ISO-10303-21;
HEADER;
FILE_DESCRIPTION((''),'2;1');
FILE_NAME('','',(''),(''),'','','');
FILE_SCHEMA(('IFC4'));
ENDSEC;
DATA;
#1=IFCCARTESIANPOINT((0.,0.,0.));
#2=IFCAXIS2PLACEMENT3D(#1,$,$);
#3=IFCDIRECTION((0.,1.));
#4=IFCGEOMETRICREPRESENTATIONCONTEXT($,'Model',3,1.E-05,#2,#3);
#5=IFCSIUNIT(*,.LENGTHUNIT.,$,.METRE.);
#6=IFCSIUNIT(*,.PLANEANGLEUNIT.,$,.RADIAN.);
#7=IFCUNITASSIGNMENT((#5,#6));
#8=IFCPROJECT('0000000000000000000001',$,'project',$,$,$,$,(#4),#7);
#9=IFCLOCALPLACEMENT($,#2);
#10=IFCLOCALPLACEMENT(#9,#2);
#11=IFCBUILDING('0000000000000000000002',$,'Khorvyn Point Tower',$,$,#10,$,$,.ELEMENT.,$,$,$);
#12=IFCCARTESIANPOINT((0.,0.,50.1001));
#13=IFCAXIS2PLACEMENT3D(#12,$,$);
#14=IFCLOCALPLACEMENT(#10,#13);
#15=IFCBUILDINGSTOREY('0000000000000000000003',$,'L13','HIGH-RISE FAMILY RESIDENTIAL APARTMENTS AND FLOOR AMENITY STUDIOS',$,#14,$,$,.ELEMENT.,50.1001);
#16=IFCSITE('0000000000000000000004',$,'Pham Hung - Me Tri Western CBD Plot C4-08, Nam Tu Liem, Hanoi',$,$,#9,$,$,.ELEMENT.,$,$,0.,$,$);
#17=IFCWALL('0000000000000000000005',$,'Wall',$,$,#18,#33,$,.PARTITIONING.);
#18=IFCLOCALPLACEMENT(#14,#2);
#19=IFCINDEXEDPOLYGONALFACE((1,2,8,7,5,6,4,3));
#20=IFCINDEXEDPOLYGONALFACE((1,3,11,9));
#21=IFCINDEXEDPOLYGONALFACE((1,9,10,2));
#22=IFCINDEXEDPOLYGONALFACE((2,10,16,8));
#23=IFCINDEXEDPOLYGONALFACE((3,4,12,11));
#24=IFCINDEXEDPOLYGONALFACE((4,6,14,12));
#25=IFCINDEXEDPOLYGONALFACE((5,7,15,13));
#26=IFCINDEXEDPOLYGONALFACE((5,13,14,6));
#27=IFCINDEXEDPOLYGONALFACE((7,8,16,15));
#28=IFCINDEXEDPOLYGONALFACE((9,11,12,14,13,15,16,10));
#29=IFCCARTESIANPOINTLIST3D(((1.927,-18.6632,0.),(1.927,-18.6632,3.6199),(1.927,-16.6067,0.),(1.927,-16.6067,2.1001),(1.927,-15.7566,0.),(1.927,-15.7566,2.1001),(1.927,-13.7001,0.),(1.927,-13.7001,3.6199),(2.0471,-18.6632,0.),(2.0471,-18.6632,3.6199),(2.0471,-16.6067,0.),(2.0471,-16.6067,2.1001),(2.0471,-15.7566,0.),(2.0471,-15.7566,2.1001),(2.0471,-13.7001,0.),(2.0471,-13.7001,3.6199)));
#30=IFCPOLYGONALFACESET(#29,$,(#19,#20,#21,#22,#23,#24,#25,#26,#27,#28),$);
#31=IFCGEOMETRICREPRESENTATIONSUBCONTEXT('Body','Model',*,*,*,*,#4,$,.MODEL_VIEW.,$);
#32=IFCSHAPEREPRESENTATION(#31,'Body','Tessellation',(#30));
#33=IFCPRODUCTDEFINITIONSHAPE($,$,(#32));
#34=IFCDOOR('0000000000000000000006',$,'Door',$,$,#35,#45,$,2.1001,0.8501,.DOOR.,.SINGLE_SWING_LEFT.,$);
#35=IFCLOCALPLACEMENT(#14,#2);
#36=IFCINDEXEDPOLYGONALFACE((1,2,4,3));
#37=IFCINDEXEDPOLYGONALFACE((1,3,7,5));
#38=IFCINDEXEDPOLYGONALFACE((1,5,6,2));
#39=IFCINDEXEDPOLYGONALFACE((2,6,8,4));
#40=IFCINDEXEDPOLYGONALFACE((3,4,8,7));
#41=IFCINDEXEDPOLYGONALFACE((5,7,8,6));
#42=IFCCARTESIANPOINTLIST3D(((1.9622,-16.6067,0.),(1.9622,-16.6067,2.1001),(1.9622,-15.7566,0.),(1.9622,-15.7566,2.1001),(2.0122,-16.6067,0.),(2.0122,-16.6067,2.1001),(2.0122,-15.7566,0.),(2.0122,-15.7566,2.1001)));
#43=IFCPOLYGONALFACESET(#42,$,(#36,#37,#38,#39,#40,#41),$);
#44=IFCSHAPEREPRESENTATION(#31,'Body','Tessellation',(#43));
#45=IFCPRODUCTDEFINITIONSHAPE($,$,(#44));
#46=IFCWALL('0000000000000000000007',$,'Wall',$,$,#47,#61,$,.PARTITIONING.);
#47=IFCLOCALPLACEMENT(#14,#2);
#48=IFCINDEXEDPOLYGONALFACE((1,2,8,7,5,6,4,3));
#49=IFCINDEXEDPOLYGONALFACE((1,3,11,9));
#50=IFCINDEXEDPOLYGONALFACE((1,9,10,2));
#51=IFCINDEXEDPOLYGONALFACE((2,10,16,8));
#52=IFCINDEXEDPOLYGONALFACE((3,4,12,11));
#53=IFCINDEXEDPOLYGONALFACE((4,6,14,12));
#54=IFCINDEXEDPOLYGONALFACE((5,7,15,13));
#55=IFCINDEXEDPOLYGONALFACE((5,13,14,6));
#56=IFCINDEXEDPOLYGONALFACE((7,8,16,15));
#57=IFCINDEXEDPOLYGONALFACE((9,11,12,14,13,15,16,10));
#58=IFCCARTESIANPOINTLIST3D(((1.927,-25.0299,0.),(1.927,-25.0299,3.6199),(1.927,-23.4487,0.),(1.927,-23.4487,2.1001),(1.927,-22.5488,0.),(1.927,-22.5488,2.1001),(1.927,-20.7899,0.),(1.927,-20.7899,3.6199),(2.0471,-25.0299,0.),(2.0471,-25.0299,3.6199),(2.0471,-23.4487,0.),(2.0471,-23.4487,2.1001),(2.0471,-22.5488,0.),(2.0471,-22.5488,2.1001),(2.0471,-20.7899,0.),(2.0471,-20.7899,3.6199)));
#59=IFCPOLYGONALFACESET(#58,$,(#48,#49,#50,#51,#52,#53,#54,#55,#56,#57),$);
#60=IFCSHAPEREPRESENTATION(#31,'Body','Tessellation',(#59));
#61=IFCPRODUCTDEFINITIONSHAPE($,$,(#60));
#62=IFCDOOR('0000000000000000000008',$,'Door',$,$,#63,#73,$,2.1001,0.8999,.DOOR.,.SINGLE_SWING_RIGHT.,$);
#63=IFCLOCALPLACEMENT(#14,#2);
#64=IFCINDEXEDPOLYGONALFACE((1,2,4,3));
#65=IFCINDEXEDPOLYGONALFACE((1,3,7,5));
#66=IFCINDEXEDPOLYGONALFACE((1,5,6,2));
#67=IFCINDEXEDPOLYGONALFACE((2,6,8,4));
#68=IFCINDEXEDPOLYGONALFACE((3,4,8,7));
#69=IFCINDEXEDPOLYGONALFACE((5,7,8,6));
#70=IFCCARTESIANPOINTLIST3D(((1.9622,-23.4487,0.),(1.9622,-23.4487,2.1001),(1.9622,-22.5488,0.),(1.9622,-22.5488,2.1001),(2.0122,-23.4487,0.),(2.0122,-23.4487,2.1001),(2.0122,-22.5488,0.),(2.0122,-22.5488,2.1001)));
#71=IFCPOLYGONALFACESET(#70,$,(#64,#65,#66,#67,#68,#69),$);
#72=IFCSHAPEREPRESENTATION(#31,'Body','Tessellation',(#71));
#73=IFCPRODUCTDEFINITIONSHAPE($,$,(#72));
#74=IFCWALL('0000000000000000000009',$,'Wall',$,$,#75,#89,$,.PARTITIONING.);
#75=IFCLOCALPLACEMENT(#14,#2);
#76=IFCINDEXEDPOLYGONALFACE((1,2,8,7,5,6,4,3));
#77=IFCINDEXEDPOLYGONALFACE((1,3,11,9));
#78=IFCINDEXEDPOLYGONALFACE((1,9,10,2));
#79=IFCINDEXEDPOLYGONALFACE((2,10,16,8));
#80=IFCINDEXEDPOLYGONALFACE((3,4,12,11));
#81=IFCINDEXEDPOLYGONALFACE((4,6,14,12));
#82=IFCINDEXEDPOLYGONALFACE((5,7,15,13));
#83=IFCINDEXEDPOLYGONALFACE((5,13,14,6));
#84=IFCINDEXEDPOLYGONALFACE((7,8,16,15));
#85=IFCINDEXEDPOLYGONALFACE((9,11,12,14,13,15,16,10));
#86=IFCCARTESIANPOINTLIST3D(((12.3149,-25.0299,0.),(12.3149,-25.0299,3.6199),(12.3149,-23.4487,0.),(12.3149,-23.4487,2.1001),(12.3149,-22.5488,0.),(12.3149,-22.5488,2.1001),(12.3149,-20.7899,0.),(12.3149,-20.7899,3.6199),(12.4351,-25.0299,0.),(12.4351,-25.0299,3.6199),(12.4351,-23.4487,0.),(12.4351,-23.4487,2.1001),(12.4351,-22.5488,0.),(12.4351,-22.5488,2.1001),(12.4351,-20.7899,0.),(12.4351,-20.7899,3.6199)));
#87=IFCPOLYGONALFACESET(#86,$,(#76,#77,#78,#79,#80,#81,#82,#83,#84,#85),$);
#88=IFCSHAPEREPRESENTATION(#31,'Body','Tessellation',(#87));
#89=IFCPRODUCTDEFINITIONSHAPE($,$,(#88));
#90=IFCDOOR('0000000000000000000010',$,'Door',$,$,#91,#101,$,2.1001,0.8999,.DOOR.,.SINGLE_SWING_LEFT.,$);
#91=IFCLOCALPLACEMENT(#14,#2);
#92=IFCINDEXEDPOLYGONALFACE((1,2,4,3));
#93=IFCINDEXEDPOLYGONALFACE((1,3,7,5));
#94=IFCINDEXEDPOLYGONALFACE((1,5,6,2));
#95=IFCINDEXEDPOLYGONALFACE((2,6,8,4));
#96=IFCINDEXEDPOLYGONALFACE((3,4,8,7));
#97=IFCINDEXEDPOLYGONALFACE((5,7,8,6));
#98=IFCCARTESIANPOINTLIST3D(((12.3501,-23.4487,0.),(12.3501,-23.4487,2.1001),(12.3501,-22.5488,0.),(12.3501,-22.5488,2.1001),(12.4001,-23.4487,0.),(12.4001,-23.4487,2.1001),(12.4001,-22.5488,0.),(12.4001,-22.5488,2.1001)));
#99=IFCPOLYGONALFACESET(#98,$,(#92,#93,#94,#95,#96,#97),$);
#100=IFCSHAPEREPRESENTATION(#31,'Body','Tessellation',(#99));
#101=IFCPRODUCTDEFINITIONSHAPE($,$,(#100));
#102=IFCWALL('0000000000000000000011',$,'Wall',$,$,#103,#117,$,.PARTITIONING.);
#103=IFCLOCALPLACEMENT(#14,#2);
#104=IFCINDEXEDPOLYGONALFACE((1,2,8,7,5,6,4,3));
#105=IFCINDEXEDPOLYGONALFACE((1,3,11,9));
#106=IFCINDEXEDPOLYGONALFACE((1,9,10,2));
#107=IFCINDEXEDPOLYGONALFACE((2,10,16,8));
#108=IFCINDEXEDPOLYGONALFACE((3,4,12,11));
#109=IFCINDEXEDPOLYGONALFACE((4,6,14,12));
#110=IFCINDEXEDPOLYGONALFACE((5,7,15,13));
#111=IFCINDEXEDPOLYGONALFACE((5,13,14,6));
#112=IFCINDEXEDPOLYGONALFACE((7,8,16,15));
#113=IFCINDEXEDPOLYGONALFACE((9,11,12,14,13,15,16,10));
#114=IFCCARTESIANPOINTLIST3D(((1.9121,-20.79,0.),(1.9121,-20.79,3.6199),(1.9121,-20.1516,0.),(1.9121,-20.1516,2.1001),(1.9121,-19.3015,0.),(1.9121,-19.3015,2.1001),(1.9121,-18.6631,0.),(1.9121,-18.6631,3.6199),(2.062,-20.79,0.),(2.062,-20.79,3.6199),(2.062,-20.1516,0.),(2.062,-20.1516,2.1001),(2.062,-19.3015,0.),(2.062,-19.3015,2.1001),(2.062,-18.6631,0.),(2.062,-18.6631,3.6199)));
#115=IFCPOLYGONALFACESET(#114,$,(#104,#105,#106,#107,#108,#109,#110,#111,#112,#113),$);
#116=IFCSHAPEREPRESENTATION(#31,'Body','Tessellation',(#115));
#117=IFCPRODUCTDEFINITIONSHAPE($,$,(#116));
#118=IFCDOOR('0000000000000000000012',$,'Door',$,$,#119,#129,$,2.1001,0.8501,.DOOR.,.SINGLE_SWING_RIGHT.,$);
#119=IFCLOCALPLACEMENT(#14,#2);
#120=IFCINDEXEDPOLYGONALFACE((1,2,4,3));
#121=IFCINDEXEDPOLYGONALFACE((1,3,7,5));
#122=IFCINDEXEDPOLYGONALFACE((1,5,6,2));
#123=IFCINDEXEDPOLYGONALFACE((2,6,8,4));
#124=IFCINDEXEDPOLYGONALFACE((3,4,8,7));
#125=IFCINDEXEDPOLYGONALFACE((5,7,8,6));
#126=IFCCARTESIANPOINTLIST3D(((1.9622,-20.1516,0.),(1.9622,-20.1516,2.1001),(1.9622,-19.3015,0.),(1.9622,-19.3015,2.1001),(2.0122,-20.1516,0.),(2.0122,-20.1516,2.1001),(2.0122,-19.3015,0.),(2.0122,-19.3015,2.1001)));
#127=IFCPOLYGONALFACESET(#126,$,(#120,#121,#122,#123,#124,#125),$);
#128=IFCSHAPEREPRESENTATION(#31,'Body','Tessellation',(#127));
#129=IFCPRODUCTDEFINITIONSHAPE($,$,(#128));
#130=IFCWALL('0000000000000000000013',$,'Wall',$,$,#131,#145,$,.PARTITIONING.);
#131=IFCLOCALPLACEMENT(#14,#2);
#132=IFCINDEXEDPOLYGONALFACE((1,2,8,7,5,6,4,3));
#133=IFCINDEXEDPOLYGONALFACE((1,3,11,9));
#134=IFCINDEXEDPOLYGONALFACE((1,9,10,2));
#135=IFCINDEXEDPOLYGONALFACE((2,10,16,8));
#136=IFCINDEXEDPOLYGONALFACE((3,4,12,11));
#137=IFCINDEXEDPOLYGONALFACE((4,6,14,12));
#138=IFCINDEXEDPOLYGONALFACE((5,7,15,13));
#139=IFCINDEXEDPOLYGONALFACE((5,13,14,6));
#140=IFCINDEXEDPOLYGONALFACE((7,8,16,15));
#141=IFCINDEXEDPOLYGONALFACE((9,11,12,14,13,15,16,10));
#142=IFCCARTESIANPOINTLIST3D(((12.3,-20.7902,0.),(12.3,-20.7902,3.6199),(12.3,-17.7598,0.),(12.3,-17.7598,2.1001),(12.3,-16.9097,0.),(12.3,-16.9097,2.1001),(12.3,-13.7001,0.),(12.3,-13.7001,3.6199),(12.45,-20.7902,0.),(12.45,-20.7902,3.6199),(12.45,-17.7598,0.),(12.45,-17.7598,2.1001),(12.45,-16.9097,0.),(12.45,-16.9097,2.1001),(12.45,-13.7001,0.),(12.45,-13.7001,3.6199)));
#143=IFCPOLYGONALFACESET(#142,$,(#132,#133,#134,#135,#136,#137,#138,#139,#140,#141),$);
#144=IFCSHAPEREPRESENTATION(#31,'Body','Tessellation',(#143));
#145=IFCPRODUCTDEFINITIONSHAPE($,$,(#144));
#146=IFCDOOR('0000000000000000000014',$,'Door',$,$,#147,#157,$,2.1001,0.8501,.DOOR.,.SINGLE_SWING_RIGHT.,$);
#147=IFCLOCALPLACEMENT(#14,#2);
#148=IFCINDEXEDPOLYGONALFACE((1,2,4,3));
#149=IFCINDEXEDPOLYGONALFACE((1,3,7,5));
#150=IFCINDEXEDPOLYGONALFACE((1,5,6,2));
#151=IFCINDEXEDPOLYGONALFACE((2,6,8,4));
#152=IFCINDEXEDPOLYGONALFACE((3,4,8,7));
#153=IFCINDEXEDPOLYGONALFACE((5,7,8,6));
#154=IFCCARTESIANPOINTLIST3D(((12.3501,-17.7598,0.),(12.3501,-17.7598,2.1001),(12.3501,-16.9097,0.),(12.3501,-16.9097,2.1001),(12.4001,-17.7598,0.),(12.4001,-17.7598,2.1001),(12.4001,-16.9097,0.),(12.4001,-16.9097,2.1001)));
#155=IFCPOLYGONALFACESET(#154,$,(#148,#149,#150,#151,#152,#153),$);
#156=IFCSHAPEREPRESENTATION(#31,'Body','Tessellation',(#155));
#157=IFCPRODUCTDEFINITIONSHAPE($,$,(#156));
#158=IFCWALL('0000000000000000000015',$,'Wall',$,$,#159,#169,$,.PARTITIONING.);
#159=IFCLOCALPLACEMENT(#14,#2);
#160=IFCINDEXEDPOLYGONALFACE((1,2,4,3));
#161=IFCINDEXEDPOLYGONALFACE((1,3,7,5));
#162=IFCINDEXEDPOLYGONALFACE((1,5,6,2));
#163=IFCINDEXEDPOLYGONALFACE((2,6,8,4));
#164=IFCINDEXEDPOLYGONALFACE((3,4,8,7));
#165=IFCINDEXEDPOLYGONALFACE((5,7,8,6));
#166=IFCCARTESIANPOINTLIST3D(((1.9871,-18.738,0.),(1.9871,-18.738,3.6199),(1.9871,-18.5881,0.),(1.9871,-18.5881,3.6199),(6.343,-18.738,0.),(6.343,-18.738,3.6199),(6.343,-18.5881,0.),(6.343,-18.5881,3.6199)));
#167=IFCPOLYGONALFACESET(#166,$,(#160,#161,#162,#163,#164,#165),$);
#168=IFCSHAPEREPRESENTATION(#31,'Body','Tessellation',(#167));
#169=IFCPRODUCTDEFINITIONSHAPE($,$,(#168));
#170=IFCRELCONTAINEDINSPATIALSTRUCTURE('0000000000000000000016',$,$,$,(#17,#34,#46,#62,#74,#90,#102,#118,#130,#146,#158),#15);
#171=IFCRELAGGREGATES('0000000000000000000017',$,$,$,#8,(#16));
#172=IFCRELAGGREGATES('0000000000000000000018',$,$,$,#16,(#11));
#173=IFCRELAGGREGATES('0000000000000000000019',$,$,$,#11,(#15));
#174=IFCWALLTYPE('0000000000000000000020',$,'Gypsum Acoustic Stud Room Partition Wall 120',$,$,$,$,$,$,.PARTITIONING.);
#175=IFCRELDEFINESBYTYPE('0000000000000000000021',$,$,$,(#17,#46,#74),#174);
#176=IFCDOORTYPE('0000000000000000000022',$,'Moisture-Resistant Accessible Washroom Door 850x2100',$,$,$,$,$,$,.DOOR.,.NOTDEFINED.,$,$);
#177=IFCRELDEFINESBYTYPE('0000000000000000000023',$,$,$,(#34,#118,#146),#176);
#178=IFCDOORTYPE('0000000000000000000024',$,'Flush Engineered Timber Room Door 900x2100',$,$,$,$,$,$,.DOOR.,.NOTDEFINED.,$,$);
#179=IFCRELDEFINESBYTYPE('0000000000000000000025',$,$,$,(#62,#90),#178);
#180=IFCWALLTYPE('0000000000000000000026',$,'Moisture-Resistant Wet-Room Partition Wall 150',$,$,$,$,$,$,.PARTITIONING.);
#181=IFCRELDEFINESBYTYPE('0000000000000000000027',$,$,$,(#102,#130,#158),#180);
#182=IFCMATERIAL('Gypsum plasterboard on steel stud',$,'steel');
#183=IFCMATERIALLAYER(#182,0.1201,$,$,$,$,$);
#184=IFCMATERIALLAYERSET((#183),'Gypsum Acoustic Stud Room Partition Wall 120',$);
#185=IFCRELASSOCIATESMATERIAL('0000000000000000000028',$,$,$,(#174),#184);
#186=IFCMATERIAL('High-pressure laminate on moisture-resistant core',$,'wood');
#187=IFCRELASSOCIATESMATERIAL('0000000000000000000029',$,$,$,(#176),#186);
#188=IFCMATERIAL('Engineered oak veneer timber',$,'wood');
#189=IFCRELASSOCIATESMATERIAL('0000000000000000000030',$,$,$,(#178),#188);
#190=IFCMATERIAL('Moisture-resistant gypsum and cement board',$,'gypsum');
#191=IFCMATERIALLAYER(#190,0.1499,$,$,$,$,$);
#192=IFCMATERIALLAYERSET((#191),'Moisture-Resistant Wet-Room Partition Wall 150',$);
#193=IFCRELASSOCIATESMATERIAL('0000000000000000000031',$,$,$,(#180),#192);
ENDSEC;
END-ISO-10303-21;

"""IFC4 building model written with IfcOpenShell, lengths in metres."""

from ifc_helpers import new_model, si_unit, direction, frame, frame_2d, origin, place, context, subcontext, project, spatial, rectangle, extrude, material, layer, layer_set, type_object, element, fill, save


model = new_model("IFC4")

# Units and contexts
model_context = context("Model", 3, precision=1e-05, world=origin(), true_north=direction((0.0, 1.0)))
body_context = subcontext(model_context, "Body", "Model", "MODEL_VIEW")
ifc_project = project(units=[si_unit("LENGTHUNIT", "METRE"), si_unit("PLANEANGLEUNIT", "RADIAN")], contexts=[model_context])

# Site, building, storey
site_placement = place(None, origin())
site = spatial("IfcSite", under=ifc_project, at=site_placement, Name="Pham Hung - Me Tri Western CBD Plot C4-08, Nam Tu Liem, Hanoi", CompositionType="ELEMENT", RefElevation=0.0)
building_placement = place(site_placement, origin())
building = spatial("IfcBuilding", under=site, at=building_placement, Name="Khorvyn Point Tower", CompositionType="ELEMENT")
storey_placement = place(building_placement, frame((0.0, 0.0, 50.1001)))
storey = spatial("IfcBuildingStorey", under=building, at=storey_placement, Name="L13", Description="HIGH-RISE FAMILY RESIDENTIAL APARTMENTS AND FLOOR AMENITY STUDIOS", CompositionType="ELEMENT", Elevation=50.1001)

# Walls, openings, doors
ifc_material_1 = material(Name="Gypsum plasterboard on steel stud", Category="steel")
ifc_layer_1 = layer(ifc_material_1, 0.1201)
ifc_layer_set_1 = layer_set([ifc_layer_1], Name="Gypsum Acoustic Stud Room Partition Wall 120")
wall_type_1 = type_object("IfcWallType", Name="Gypsum Acoustic Stud Room Partition Wall 120", PredefinedType="PARTITIONING", material=ifc_layer_set_1)
wall_1_placement = place(storey_placement, frame((1.9871, -18.6631, 0.0), z_axis=(0.0, 0.0, 1.0), x_axis=(0.0, 1.0, 0.0)))
wall_1 = element("IfcWall", 1, at=wall_1_placement, inside=storey, type_object=wall_type_1, Name="Wall", PredefinedType="PARTITIONING", context=body_context, shape_type="SweptSolid", body=[
    extrude(rectangle(XDim=4.9631, YDim=0.1201, at=frame_2d((2.4814, 0.0))), origin(), (0.0, 0.0, 1.0), 3.6199),
])
opening_1_placement = place(wall_1_placement, frame((2.0564, 0.0, 0.0)))
opening_1 = element("IfcOpeningElement", 2, at=opening_1_placement, cuts=wall_1, PredefinedType="OPENING", context=body_context, shape_type="SweptSolid", body=[
    extrude(rectangle(XDim=0.8501, YDim=2.1001, at=frame_2d((0.425, 1.05))), frame((0.0, 0.0701, 0.0), z_axis=(0.0, -1.0, 0.0), x_axis=(1.0, 0.0, 0.0)), (0.0, 0.0, 1.0), 0.1401),
])
ifc_material_2 = material(Name="High-pressure laminate on moisture-resistant core", Category="wood")
door_type_1 = type_object("IfcDoorType", Name="Moisture-Resistant Accessible Washroom Door 850x2100", OperationType="NOTDEFINED", PredefinedType="DOOR", material=ifc_material_2)
door_1_placement = place(opening_1_placement, origin())
door_1 = element("IfcDoor", 3, at=door_1_placement, inside=storey, type_object=door_type_1, Name="Door", OperationType="SINGLE_SWING_LEFT", OverallHeight=2.1001, OverallWidth=0.8501, PredefinedType="DOOR", context=body_context, shape_type="SweptSolid", body=[
    extrude(rectangle(XDim=0.8501, YDim=2.1001, at=frame_2d((0.425, 1.05))), frame((0.0, 0.0249, 0.0), z_axis=(0.0, -1.0, 0.0), x_axis=(1.0, 0.0, 0.0)), (0.0, 0.0, 1.0), 0.05),
])
fill(opening_1, door_1)
wall_2_placement = place(storey_placement, frame((1.9871, -25.03, 0.0), z_axis=(0.0, 0.0, 1.0), x_axis=(0.0, 1.0, 0.0)))
wall_2 = element("IfcWall", 4, at=wall_2_placement, inside=storey, type_object=wall_type_1, Name="Wall", PredefinedType="PARTITIONING", context=body_context, shape_type="SweptSolid", body=[
    extrude(rectangle(XDim=4.24, YDim=0.1201, at=frame_2d((2.1201, 0.0))), origin(), (0.0, 0.0, 1.0), 3.6199),
])
opening_2_placement = place(wall_2_placement, frame((1.5813, 0.0, 0.0)))
opening_2 = element("IfcOpeningElement", 5, at=opening_2_placement, cuts=wall_2, PredefinedType="OPENING", context=body_context, shape_type="SweptSolid", body=[
    extrude(rectangle(XDim=0.8999, YDim=2.1001, at=frame_2d((0.45, 1.05))), frame((0.0, 0.0701, 0.0), z_axis=(0.0, -1.0, 0.0), x_axis=(1.0, 0.0, 0.0)), (0.0, 0.0, 1.0), 0.1401),
])
ifc_material_3 = material(Name="Engineered oak veneer timber", Category="wood")
door_type_2 = type_object("IfcDoorType", Name="Flush Engineered Timber Room Door 900x2100", OperationType="NOTDEFINED", PredefinedType="DOOR", material=ifc_material_3)
door_2_placement = place(opening_2_placement, origin())
door_2 = element("IfcDoor", 6, at=door_2_placement, inside=storey, type_object=door_type_2, Name="Door", OperationType="SINGLE_SWING_RIGHT", OverallHeight=2.1001, OverallWidth=0.8999, PredefinedType="DOOR", context=body_context, shape_type="SweptSolid", body=[
    extrude(rectangle(XDim=0.8999, YDim=2.1001, at=frame_2d((0.45, 1.05))), frame((0.0, 0.0249, 0.0), z_axis=(0.0, -1.0, 0.0), x_axis=(1.0, 0.0, 0.0)), (0.0, 0.0, 1.0), 0.05),
])
fill(opening_2, door_2)
wall_3_placement = place(storey_placement, frame((12.375, -25.03, 0.0), z_axis=(0.0, 0.0, 1.0), x_axis=(0.0, 1.0, 0.0)))
wall_3 = element("IfcWall", 7, at=wall_3_placement, inside=storey, type_object=wall_type_1, Name="Wall", PredefinedType="PARTITIONING", context=body_context, shape_type="SweptSolid", body=[
    extrude(rectangle(XDim=4.24, YDim=0.1201, at=frame_2d((2.1201, 0.0))), origin(), (0.0, 0.0, 1.0), 3.6199),
])
opening_3_placement = place(wall_3_placement, frame((1.5813, 0.0, 0.0)))
opening_3 = element("IfcOpeningElement", 8, at=opening_3_placement, cuts=wall_3, PredefinedType="OPENING", context=body_context, shape_type="SweptSolid", body=[
    extrude(rectangle(XDim=0.8999, YDim=2.1001, at=frame_2d((0.45, 1.05))), frame((0.0, 0.0701, 0.0), z_axis=(0.0, -1.0, 0.0), x_axis=(1.0, 0.0, 0.0)), (0.0, 0.0, 1.0), 0.1401),
])
door_3_placement = place(opening_3_placement, origin())
door_3 = element("IfcDoor", 9, at=door_3_placement, inside=storey, type_object=door_type_2, Name="Door", OperationType="SINGLE_SWING_LEFT", OverallHeight=2.1001, OverallWidth=0.8999, PredefinedType="DOOR", context=body_context, shape_type="SweptSolid", body=[
    extrude(rectangle(XDim=0.8999, YDim=2.1001, at=frame_2d((0.45, 1.05))), frame((0.0, 0.0249, 0.0), z_axis=(0.0, -1.0, 0.0), x_axis=(1.0, 0.0, 0.0)), (0.0, 0.0, 1.0), 0.05),
])
fill(opening_3, door_3)
ifc_material_4 = material(Name="Moisture-resistant gypsum and cement board", Category="gypsum")
ifc_layer_2 = layer(ifc_material_4, 0.1499)
ifc_layer_set_2 = layer_set([ifc_layer_2], Name="Moisture-Resistant Wet-Room Partition Wall 150")
wall_type_2 = type_object("IfcWallType", Name="Moisture-Resistant Wet-Room Partition Wall 150", PredefinedType="PARTITIONING", material=ifc_layer_set_2)
wall_4_placement = place(storey_placement, frame((1.9871, -20.79, 0.0), z_axis=(0.0, 0.0, 1.0), x_axis=(0.0, 1.0, 0.0)))
wall_4 = element("IfcWall", 10, at=wall_4_placement, inside=storey, type_object=wall_type_2, Name="Wall", PredefinedType="PARTITIONING", context=body_context, shape_type="SweptSolid", body=[
    extrude(rectangle(XDim=2.127, YDim=0.1499, at=frame_2d((1.0635, 0.0))), origin(), (0.0, 0.0, 1.0), 3.6199),
])
opening_4_placement = place(wall_4_placement, frame((0.6384, 0.0, 0.0)))
opening_4 = element("IfcOpeningElement", 11, at=opening_4_placement, cuts=wall_4, PredefinedType="OPENING", context=body_context, shape_type="SweptSolid", body=[
    extrude(rectangle(XDim=0.8501, YDim=2.1001, at=frame_2d((0.425, 1.05))), frame((0.0, 0.085, 0.0), z_axis=(0.0, -1.0, 0.0), x_axis=(1.0, 0.0, 0.0)), (0.0, 0.0, 1.0), 0.1699),
])
door_4_placement = place(opening_4_placement, origin())
door_4 = element("IfcDoor", 12, at=door_4_placement, inside=storey, type_object=door_type_1, Name="Door", OperationType="SINGLE_SWING_RIGHT", OverallHeight=2.1001, OverallWidth=0.8501, PredefinedType="DOOR", context=body_context, shape_type="SweptSolid", body=[
    extrude(rectangle(XDim=0.8501, YDim=2.1001, at=frame_2d((0.425, 1.05))), frame((0.0, 0.0249, 0.0), z_axis=(0.0, -1.0, 0.0), x_axis=(1.0, 0.0, 0.0)), (0.0, 0.0, 1.0), 0.05),
])
fill(opening_4, door_4)
wall_5_placement = place(storey_placement, frame((12.375, -20.79, 0.0), z_axis=(0.0, 0.0, 1.0), x_axis=(0.0, 1.0, 0.0)))
wall_5 = element("IfcWall", 13, at=wall_5_placement, inside=storey, type_object=wall_type_2, Name="Wall", PredefinedType="PARTITIONING", context=body_context, shape_type="SweptSolid", body=[
    extrude(rectangle(XDim=7.0901, YDim=0.1499, at=frame_2d((3.5449, 0.0))), origin(), (0.0, 0.0, 1.0), 3.6199),
])
opening_5_placement = place(wall_5_placement, frame((3.0303, 0.0, 0.0)))
opening_5 = element("IfcOpeningElement", 14, at=opening_5_placement, cuts=wall_5, PredefinedType="OPENING", context=body_context, shape_type="SweptSolid", body=[
    extrude(rectangle(XDim=0.8501, YDim=2.1001, at=frame_2d((0.425, 1.05))), frame((0.0, 0.085, 0.0), z_axis=(0.0, -1.0, 0.0), x_axis=(1.0, 0.0, 0.0)), (0.0, 0.0, 1.0), 0.1699),
])
door_5_placement = place(opening_5_placement, origin())
door_5 = element("IfcDoor", 15, at=door_5_placement, inside=storey, type_object=door_type_1, Name="Door", OperationType="SINGLE_SWING_RIGHT", OverallHeight=2.1001, OverallWidth=0.8501, PredefinedType="DOOR", context=body_context, shape_type="SweptSolid", body=[
    extrude(rectangle(XDim=0.8501, YDim=2.1001, at=frame_2d((0.425, 1.05))), frame((0.0, 0.0249, 0.0), z_axis=(0.0, -1.0, 0.0), x_axis=(1.0, 0.0, 0.0)), (0.0, 0.0, 1.0), 0.05),
])
fill(opening_5, door_5)

# Wall
for number, where, z_axis, x_axis, name in (
    (16, (1.9871, -18.6631, 0.0), (0.0, 0.0, 1.0), (1.0, 0.0, 0.0), "Wall"),
):
    element("IfcWall", number, at=place(storey_placement, frame(where, z_axis=z_axis, x_axis=x_axis)), inside=storey, type_object=wall_type_2, Name=name, PredefinedType="PARTITIONING", context=body_context, shape_type="SweptSolid", body=[
        extrude(rectangle(XDim=4.356, YDim=0.1499, at=frame_2d((2.178, 0.0))), origin(), (0.0, 0.0, 1.0), 3.6199),
    ])

save(model, "model.ifc")
